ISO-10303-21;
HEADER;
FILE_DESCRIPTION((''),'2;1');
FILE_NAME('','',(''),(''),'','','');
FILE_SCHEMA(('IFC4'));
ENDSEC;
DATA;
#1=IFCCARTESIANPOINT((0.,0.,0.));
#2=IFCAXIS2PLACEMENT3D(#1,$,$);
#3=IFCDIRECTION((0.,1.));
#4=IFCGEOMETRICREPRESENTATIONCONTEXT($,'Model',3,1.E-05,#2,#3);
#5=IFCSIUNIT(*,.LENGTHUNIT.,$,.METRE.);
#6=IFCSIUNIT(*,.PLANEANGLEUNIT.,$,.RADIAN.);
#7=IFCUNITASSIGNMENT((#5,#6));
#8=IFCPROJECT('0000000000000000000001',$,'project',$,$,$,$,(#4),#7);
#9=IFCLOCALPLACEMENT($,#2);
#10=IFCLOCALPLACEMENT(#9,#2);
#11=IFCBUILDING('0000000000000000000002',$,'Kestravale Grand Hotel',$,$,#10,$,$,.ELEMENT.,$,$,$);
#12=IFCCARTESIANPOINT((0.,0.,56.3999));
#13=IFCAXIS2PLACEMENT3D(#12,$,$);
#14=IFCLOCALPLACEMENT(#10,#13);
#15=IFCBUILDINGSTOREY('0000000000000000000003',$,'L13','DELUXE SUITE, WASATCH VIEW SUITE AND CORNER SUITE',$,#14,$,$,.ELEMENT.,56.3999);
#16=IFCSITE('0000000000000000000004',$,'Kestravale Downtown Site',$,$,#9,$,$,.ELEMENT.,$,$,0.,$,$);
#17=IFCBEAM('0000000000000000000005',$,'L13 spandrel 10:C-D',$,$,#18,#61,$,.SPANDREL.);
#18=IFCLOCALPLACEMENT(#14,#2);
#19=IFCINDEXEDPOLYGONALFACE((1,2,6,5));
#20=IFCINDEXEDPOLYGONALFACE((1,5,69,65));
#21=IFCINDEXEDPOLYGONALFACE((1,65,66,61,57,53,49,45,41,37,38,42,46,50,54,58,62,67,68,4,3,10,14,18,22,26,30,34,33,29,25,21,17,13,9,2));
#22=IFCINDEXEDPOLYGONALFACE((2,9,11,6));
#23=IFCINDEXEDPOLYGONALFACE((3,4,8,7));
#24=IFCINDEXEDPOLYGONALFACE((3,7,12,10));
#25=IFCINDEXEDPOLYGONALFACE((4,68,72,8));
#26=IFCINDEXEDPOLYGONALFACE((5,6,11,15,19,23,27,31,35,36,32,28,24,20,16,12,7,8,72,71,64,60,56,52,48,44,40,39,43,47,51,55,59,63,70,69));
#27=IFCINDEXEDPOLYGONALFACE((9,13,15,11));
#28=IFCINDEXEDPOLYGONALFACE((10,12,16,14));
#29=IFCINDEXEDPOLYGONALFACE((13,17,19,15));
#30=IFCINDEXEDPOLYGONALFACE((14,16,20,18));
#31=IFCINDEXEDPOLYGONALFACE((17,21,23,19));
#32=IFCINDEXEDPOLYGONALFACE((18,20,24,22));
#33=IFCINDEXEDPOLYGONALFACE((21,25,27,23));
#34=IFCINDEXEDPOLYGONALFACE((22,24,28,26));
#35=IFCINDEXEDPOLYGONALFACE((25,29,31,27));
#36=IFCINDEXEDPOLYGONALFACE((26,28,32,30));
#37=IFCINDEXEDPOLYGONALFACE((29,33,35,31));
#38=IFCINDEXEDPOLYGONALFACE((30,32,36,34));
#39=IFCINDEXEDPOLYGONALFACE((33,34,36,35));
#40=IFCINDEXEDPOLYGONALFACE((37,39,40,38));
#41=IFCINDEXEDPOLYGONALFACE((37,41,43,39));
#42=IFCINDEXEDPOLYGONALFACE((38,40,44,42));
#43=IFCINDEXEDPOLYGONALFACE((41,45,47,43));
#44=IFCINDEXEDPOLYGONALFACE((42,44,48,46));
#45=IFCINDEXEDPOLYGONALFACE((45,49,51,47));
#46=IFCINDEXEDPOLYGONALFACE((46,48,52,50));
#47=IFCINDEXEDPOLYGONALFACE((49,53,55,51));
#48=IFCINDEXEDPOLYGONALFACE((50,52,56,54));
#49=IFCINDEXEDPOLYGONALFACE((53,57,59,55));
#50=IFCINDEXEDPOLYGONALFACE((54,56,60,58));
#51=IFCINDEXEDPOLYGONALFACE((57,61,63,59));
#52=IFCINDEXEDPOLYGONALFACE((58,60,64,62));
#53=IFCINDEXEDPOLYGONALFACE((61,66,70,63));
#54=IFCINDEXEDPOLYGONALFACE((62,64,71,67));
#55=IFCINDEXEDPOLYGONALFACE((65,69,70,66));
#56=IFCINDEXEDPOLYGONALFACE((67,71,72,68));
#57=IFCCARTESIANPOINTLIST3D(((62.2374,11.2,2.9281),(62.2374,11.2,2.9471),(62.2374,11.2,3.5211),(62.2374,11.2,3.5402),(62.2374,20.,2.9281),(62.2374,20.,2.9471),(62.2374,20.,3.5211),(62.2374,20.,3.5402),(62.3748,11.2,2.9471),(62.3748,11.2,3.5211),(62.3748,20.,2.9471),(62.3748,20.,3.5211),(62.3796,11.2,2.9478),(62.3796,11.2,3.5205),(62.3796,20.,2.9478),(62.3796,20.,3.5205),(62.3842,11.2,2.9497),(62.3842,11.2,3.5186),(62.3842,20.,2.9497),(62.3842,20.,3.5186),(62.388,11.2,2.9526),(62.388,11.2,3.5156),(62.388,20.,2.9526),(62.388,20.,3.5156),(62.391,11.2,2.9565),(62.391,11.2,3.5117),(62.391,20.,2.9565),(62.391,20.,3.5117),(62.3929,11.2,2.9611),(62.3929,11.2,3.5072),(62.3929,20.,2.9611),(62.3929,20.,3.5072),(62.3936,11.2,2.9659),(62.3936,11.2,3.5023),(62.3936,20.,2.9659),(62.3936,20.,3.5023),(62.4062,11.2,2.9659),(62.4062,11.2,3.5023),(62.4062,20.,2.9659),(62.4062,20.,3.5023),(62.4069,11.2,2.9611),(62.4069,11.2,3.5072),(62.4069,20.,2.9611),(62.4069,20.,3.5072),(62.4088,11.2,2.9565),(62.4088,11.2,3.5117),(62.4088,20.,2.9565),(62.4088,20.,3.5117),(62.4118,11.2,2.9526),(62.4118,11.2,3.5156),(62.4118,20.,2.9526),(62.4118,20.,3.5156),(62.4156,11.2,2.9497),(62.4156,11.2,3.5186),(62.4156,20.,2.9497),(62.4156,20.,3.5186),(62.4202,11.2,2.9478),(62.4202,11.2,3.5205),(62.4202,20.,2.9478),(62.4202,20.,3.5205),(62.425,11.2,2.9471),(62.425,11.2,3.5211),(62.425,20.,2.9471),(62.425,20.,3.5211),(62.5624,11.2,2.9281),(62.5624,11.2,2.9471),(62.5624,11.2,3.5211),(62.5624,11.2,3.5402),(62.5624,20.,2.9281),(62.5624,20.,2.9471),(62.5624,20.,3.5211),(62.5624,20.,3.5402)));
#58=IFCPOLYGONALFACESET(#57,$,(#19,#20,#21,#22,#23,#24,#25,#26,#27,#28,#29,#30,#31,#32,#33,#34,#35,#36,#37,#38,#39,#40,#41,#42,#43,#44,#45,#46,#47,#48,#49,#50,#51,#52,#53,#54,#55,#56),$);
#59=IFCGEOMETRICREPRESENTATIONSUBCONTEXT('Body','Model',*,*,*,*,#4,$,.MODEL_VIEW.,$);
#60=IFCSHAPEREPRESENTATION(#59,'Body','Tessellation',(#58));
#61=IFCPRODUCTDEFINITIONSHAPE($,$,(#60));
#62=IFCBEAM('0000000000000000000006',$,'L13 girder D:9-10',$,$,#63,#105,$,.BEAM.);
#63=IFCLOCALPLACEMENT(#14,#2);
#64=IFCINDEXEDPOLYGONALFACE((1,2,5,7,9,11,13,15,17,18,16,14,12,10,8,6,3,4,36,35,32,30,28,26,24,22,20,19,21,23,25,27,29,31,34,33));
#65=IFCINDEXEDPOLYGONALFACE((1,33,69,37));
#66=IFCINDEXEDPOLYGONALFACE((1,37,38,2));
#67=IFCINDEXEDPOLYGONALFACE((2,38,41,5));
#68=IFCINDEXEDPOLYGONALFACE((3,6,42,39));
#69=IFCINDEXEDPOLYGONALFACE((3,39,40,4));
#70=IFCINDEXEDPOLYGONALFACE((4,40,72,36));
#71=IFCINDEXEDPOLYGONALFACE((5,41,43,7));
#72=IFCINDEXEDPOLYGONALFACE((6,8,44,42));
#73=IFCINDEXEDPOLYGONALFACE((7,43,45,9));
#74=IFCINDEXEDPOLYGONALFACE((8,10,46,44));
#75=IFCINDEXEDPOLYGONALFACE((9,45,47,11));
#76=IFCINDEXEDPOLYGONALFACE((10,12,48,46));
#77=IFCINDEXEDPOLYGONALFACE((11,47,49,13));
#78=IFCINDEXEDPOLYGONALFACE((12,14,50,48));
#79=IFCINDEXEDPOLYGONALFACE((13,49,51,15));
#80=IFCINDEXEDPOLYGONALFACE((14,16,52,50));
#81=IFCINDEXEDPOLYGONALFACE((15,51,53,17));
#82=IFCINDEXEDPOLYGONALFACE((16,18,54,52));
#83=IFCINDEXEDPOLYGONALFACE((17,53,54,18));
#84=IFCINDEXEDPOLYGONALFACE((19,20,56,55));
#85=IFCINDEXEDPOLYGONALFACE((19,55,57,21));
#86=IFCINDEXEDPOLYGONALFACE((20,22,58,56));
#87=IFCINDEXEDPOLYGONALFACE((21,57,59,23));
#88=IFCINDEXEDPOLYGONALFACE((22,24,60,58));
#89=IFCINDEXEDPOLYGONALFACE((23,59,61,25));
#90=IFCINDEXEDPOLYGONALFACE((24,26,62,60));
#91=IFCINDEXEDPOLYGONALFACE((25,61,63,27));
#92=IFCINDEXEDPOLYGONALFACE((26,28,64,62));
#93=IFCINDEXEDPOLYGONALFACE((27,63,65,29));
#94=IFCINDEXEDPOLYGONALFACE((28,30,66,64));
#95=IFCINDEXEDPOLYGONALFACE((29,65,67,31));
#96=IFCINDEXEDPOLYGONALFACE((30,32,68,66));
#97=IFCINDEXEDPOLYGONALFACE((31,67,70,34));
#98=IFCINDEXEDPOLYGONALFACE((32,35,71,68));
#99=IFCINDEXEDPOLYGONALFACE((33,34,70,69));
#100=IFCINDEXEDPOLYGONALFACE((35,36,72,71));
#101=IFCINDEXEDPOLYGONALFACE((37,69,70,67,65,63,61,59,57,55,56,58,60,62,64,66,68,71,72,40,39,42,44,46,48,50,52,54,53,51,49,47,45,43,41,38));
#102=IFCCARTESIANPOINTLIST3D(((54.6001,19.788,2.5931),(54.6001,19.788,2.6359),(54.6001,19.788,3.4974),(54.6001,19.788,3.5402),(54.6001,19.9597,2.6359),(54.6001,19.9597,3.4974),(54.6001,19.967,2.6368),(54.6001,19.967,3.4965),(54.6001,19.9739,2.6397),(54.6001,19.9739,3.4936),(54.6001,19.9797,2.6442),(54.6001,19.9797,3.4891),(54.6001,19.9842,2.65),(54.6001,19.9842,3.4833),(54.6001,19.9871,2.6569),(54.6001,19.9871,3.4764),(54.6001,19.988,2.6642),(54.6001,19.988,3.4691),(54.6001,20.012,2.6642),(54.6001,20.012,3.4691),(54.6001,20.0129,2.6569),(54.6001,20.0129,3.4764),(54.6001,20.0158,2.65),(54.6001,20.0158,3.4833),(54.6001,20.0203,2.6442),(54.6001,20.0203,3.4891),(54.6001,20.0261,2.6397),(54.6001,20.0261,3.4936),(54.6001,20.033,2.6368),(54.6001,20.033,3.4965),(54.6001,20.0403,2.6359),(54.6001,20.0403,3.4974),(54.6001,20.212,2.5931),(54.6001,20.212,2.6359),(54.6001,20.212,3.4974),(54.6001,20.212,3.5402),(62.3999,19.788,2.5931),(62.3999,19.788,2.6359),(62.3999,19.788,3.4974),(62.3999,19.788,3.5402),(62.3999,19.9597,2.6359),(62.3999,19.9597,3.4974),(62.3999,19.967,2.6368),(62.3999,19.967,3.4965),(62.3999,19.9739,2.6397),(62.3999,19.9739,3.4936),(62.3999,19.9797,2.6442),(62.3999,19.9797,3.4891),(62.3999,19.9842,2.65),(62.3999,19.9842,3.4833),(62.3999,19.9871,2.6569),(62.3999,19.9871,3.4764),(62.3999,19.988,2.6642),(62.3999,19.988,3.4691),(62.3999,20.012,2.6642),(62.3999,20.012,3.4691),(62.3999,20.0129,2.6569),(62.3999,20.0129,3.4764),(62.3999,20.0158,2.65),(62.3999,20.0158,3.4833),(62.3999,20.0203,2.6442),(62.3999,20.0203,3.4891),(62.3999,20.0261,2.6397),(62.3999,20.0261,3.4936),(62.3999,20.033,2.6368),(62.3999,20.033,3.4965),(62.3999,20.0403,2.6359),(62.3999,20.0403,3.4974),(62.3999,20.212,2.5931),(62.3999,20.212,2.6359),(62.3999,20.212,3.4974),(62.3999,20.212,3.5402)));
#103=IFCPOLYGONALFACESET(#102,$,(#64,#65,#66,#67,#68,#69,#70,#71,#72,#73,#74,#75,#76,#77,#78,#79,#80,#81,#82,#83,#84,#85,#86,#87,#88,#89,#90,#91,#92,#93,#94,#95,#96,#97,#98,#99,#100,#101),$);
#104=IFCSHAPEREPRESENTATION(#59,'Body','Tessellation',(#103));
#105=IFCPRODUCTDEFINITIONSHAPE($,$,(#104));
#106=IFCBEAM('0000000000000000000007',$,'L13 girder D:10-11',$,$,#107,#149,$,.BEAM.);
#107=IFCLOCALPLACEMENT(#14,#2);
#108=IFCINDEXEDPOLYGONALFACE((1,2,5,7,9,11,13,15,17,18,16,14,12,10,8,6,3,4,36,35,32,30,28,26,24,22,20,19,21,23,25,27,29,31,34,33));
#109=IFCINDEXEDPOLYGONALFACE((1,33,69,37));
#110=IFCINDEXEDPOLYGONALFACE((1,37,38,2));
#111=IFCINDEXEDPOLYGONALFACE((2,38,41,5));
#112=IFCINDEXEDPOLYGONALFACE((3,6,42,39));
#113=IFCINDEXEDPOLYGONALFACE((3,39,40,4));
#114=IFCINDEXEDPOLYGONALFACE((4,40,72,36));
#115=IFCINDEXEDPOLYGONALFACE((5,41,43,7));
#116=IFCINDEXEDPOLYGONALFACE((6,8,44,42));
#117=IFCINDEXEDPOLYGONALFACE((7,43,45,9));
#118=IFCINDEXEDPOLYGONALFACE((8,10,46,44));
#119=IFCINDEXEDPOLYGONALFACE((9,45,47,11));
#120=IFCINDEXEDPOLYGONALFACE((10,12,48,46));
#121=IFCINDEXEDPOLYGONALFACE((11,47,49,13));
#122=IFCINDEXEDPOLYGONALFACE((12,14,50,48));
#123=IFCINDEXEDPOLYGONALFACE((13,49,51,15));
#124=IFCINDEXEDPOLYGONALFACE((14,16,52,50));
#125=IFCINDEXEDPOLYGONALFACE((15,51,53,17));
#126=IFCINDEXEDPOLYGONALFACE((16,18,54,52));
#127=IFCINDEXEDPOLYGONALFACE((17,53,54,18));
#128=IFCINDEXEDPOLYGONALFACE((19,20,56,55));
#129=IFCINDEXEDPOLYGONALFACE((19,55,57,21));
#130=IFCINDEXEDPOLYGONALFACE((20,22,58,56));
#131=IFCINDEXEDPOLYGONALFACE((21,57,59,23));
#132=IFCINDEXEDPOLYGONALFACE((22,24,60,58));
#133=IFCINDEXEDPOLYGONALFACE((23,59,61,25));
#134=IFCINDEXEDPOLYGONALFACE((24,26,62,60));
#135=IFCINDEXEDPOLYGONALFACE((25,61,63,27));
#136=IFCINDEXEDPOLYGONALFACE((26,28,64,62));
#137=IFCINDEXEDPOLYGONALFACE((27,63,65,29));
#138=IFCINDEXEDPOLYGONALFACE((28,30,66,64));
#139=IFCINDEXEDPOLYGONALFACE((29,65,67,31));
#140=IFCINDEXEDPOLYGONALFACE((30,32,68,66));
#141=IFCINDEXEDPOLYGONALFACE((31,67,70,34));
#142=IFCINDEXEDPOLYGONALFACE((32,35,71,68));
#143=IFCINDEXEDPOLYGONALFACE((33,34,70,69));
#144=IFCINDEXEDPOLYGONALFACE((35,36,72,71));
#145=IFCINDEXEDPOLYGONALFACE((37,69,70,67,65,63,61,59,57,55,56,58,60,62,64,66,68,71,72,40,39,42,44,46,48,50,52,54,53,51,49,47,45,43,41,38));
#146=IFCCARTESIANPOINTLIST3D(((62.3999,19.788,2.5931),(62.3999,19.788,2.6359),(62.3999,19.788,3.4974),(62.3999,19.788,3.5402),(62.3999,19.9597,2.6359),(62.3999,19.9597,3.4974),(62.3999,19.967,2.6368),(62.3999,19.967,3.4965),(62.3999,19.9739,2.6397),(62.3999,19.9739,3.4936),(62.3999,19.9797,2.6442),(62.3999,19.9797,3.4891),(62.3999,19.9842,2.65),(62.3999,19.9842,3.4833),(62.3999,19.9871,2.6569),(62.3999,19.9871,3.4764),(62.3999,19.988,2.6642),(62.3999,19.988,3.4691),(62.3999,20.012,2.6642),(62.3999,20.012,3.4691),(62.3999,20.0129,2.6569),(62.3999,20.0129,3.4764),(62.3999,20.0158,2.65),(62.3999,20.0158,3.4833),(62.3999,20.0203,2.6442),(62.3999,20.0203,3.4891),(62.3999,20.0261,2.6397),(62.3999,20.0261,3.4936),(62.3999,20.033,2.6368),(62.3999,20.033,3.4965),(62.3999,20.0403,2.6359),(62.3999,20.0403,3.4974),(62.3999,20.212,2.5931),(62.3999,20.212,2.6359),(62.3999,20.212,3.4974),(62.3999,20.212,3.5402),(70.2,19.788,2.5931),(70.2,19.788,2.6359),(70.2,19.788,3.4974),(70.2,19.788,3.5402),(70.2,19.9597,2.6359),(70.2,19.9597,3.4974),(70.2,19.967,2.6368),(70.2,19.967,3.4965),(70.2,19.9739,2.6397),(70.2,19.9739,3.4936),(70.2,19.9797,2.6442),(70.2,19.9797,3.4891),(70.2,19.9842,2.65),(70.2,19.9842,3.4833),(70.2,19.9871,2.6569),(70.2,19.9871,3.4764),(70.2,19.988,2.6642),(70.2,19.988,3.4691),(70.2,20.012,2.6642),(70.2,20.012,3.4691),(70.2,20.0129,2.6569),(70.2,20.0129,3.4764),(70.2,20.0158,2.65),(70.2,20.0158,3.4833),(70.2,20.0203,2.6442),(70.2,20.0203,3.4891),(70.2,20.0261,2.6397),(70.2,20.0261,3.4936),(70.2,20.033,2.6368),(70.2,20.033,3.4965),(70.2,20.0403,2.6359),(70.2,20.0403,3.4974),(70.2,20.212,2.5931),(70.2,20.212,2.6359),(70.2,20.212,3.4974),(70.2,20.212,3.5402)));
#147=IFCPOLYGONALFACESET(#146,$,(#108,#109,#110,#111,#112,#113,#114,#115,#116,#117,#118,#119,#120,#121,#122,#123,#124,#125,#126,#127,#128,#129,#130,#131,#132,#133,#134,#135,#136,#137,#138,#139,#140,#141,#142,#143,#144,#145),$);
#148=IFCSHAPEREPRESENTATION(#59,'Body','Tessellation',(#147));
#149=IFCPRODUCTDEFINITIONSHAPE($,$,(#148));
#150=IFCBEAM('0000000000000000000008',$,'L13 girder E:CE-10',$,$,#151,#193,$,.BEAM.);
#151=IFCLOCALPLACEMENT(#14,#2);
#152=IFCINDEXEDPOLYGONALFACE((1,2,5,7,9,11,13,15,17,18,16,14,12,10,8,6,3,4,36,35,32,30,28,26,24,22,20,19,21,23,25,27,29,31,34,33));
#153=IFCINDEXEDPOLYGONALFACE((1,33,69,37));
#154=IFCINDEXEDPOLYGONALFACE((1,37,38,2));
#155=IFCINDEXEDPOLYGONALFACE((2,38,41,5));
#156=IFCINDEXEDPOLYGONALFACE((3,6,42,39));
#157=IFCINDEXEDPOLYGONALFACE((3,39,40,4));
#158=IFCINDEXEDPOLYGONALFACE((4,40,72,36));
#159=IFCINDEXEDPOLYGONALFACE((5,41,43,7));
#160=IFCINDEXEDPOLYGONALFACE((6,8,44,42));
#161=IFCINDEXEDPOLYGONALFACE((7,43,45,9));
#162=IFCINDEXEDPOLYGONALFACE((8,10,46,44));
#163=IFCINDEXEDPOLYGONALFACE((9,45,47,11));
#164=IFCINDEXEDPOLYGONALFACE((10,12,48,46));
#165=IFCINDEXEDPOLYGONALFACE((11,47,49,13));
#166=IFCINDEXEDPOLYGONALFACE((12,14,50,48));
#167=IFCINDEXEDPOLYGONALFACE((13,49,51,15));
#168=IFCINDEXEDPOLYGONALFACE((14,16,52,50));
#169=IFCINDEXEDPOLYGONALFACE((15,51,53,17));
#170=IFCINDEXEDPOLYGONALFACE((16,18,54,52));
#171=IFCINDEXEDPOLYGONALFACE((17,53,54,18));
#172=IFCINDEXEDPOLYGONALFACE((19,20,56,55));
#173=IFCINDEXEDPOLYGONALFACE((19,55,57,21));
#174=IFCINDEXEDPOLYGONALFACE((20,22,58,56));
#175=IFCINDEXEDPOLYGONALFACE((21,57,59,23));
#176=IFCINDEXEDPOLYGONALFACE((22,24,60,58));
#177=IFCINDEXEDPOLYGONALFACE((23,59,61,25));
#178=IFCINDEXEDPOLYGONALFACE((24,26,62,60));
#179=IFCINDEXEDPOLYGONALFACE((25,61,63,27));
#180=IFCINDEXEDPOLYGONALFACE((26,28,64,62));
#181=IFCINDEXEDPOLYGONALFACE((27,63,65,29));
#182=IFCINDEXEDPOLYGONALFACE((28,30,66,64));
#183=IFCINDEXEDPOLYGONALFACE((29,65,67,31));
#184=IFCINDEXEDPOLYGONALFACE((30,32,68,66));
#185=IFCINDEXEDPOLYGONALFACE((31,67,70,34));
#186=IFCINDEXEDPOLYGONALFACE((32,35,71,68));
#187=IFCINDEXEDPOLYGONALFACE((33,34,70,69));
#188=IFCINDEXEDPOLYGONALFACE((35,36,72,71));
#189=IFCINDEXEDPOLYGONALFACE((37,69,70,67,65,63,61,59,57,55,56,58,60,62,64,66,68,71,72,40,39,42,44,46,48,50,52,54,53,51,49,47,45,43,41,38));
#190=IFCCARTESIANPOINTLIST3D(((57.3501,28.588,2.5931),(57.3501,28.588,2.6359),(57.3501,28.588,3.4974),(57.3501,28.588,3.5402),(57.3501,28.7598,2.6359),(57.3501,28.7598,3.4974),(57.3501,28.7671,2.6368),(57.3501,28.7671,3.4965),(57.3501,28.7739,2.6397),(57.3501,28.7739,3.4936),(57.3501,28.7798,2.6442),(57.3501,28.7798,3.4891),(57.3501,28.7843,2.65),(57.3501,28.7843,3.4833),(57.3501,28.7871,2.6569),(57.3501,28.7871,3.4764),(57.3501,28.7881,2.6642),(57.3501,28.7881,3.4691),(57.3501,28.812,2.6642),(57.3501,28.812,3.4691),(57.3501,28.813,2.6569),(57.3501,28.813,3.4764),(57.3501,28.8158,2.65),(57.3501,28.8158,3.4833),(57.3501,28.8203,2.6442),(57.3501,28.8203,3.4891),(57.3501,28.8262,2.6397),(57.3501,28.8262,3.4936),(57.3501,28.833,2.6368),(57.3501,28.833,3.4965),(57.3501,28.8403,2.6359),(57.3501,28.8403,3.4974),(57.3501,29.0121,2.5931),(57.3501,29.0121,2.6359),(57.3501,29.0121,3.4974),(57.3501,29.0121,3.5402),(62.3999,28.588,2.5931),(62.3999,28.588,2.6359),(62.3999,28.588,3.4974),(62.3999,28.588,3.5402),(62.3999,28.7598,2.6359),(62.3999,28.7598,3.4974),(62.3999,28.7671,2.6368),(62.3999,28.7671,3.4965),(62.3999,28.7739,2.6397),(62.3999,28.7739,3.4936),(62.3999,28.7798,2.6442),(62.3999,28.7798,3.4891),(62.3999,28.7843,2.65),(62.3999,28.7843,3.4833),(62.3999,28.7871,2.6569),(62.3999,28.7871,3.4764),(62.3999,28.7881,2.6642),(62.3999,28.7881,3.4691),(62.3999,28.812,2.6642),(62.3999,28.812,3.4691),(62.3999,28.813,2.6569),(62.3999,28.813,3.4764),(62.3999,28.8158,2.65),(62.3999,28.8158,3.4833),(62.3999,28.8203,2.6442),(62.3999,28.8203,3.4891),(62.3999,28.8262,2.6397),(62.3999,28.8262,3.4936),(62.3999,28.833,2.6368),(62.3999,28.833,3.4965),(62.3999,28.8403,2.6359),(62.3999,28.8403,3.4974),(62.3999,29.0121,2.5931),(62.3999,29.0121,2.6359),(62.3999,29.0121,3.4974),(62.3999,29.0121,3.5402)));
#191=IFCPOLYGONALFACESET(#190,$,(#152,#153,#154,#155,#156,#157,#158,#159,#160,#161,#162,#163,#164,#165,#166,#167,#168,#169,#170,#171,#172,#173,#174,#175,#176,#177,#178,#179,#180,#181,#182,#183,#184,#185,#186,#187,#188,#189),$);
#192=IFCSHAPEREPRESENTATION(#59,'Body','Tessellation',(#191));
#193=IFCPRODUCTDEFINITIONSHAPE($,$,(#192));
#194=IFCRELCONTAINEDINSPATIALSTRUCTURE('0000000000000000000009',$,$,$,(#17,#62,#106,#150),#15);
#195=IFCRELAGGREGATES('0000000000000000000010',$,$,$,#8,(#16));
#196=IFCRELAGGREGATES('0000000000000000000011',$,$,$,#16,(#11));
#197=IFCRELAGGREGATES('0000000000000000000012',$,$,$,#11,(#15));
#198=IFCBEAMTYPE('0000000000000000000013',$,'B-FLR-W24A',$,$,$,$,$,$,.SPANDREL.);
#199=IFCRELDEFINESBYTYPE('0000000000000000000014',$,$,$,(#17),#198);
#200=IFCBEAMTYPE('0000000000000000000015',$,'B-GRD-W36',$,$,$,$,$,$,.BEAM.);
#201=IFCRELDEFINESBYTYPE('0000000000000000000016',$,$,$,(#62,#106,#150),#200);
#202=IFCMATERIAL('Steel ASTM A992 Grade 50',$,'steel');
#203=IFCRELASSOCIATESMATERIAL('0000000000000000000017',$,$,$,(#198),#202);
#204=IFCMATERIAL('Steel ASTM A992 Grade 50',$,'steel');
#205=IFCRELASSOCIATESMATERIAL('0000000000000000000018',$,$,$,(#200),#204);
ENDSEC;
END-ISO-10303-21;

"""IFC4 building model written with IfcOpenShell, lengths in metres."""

from ifc_helpers import new_model, si_unit, direction, frame, origin, origin_2d, place, context, subcontext, project, spatial, i_section, extrude, material, material_profile, profile_set, type_object, element, save


model = new_model("IFC4")

# Units and contexts
model_context = context("Model", 3, precision=1e-05, world=origin(), true_north=direction((0.0, 1.0)))
body_context = subcontext(model_context, "Body", "Model", "MODEL_VIEW")
ifc_project = project(units=[si_unit("LENGTHUNIT", "METRE"), si_unit("PLANEANGLEUNIT", "RADIAN")], contexts=[model_context])

# Site, building, storey
site_placement = place(None, origin())
site = spatial("IfcSite", under=ifc_project, at=site_placement, Name="Kestravale Downtown Site", CompositionType="ELEMENT", RefElevation=0.0)
building_placement = place(site_placement, origin())
building = spatial("IfcBuilding", under=site, at=building_placement, Name="Kestravale Grand Hotel", CompositionType="ELEMENT")
storey_placement = place(building_placement, frame((0.0, 0.0, 56.3999)))
storey = spatial("IfcBuildingStorey", under=building, at=storey_placement, Name="L13", Description="DELUXE SUITE, WASATCH VIEW SUITE AND CORNER SUITE", CompositionType="ELEMENT", Elevation=56.3999)

# Beams
ifc_material_1 = material(Name="Steel ASTM A992 Grade 50", Category="steel")
ifc_material_profile_1 = material_profile(ifc_material_1, i_section(OverallWidth=0.325, OverallDepth=0.6121, WebThickness=0.0127, FlangeThickness=0.019, FilletRadius=0.0188, at=origin_2d()))
ifc_profile_set_1 = profile_set([ifc_material_profile_1], Name="Steel ASTM A992 Grade 50")
beam_type_1 = type_object("IfcBeamType", Name="B-FLR-W24A", PredefinedType="SPANDREL", material=ifc_profile_set_1)
beam_1_placement = place(storey_placement, frame((62.3999, 11.2, 3.2341), z_axis=(0.0, 1.0, 0.0), x_axis=(-1.0, 0.0, 0.0)))
element("IfcBeam", 1, at=beam_1_placement, inside=storey, type_object=beam_type_1, Name="L13 spandrel 10:C-D", PredefinedType="SPANDREL", context=body_context, shape_type="SweptSolid", body=[
    extrude(i_section(OverallWidth=0.325, OverallDepth=0.6121, WebThickness=0.0127, FlangeThickness=0.019, FilletRadius=0.0188, at=origin_2d()), origin(), (0.0, 0.0, 1.0), 8.8),
])
ifc_material_2 = material(Name="Steel ASTM A992 Grade 50", Category="steel")
ifc_material_profile_2 = material_profile(ifc_material_2, i_section(OverallWidth=0.4241, OverallDepth=0.947, WebThickness=0.0239, FlangeThickness=0.0427, FilletRadius=0.0283, at=origin_2d()))
ifc_profile_set_2 = profile_set([ifc_material_profile_2], Name="Steel ASTM A992 Grade 50")
beam_type_2 = type_object("IfcBeamType", Name="B-GRD-W36", PredefinedType="BEAM", material=ifc_profile_set_2)
beam_2_placement = place(storey_placement, frame((54.6001, 20.0, 3.0667), z_axis=(1.0, 0.0, 0.0), x_axis=(0.0, 1.0, 0.0)))
element("IfcBeam", 2, at=beam_2_placement, inside=storey, type_object=beam_type_2, Name="L13 girder D:9-10", PredefinedType="BEAM", context=body_context, shape_type="SweptSolid", body=[
    extrude(i_section(OverallWidth=0.4241, OverallDepth=0.947, WebThickness=0.0239, FlangeThickness=0.0427, FilletRadius=0.0283, at=origin_2d()), origin(), (0.0, 0.0, 1.0), 7.7998),
])
beam_3_placement = place(storey_placement, frame((62.3999, 20.0, 3.0667), z_axis=(1.0, 0.0, 0.0), x_axis=(0.0, 1.0, 0.0)))
element("IfcBeam", 3, at=beam_3_placement, inside=storey, type_object=beam_type_2, Name="L13 girder D:10-11", PredefinedType="BEAM", context=body_context, shape_type="SweptSolid", body=[
    extrude(i_section(OverallWidth=0.4241, OverallDepth=0.947, WebThickness=0.0239, FlangeThickness=0.0427, FilletRadius=0.0283, at=origin_2d()), origin(), (0.0, 0.0, 1.0), 7.8),
])
beam_4_placement = place(storey_placement, frame((57.3501, 28.8, 3.0667), z_axis=(1.0, 0.0, 0.0), x_axis=(0.0, 1.0, 0.0)))
element("IfcBeam", 4, at=beam_4_placement, inside=storey, type_object=beam_type_2, Name="L13 girder E:CE-10", PredefinedType="BEAM", context=body_context, shape_type="SweptSolid", body=[
    extrude(i_section(OverallWidth=0.4241, OverallDepth=0.947, WebThickness=0.0239, FlangeThickness=0.0427, FilletRadius=0.0283, at=origin_2d()), origin(), (0.0, 0.0, 1.0), 5.0498),
])

save(model, "model.ifc")
